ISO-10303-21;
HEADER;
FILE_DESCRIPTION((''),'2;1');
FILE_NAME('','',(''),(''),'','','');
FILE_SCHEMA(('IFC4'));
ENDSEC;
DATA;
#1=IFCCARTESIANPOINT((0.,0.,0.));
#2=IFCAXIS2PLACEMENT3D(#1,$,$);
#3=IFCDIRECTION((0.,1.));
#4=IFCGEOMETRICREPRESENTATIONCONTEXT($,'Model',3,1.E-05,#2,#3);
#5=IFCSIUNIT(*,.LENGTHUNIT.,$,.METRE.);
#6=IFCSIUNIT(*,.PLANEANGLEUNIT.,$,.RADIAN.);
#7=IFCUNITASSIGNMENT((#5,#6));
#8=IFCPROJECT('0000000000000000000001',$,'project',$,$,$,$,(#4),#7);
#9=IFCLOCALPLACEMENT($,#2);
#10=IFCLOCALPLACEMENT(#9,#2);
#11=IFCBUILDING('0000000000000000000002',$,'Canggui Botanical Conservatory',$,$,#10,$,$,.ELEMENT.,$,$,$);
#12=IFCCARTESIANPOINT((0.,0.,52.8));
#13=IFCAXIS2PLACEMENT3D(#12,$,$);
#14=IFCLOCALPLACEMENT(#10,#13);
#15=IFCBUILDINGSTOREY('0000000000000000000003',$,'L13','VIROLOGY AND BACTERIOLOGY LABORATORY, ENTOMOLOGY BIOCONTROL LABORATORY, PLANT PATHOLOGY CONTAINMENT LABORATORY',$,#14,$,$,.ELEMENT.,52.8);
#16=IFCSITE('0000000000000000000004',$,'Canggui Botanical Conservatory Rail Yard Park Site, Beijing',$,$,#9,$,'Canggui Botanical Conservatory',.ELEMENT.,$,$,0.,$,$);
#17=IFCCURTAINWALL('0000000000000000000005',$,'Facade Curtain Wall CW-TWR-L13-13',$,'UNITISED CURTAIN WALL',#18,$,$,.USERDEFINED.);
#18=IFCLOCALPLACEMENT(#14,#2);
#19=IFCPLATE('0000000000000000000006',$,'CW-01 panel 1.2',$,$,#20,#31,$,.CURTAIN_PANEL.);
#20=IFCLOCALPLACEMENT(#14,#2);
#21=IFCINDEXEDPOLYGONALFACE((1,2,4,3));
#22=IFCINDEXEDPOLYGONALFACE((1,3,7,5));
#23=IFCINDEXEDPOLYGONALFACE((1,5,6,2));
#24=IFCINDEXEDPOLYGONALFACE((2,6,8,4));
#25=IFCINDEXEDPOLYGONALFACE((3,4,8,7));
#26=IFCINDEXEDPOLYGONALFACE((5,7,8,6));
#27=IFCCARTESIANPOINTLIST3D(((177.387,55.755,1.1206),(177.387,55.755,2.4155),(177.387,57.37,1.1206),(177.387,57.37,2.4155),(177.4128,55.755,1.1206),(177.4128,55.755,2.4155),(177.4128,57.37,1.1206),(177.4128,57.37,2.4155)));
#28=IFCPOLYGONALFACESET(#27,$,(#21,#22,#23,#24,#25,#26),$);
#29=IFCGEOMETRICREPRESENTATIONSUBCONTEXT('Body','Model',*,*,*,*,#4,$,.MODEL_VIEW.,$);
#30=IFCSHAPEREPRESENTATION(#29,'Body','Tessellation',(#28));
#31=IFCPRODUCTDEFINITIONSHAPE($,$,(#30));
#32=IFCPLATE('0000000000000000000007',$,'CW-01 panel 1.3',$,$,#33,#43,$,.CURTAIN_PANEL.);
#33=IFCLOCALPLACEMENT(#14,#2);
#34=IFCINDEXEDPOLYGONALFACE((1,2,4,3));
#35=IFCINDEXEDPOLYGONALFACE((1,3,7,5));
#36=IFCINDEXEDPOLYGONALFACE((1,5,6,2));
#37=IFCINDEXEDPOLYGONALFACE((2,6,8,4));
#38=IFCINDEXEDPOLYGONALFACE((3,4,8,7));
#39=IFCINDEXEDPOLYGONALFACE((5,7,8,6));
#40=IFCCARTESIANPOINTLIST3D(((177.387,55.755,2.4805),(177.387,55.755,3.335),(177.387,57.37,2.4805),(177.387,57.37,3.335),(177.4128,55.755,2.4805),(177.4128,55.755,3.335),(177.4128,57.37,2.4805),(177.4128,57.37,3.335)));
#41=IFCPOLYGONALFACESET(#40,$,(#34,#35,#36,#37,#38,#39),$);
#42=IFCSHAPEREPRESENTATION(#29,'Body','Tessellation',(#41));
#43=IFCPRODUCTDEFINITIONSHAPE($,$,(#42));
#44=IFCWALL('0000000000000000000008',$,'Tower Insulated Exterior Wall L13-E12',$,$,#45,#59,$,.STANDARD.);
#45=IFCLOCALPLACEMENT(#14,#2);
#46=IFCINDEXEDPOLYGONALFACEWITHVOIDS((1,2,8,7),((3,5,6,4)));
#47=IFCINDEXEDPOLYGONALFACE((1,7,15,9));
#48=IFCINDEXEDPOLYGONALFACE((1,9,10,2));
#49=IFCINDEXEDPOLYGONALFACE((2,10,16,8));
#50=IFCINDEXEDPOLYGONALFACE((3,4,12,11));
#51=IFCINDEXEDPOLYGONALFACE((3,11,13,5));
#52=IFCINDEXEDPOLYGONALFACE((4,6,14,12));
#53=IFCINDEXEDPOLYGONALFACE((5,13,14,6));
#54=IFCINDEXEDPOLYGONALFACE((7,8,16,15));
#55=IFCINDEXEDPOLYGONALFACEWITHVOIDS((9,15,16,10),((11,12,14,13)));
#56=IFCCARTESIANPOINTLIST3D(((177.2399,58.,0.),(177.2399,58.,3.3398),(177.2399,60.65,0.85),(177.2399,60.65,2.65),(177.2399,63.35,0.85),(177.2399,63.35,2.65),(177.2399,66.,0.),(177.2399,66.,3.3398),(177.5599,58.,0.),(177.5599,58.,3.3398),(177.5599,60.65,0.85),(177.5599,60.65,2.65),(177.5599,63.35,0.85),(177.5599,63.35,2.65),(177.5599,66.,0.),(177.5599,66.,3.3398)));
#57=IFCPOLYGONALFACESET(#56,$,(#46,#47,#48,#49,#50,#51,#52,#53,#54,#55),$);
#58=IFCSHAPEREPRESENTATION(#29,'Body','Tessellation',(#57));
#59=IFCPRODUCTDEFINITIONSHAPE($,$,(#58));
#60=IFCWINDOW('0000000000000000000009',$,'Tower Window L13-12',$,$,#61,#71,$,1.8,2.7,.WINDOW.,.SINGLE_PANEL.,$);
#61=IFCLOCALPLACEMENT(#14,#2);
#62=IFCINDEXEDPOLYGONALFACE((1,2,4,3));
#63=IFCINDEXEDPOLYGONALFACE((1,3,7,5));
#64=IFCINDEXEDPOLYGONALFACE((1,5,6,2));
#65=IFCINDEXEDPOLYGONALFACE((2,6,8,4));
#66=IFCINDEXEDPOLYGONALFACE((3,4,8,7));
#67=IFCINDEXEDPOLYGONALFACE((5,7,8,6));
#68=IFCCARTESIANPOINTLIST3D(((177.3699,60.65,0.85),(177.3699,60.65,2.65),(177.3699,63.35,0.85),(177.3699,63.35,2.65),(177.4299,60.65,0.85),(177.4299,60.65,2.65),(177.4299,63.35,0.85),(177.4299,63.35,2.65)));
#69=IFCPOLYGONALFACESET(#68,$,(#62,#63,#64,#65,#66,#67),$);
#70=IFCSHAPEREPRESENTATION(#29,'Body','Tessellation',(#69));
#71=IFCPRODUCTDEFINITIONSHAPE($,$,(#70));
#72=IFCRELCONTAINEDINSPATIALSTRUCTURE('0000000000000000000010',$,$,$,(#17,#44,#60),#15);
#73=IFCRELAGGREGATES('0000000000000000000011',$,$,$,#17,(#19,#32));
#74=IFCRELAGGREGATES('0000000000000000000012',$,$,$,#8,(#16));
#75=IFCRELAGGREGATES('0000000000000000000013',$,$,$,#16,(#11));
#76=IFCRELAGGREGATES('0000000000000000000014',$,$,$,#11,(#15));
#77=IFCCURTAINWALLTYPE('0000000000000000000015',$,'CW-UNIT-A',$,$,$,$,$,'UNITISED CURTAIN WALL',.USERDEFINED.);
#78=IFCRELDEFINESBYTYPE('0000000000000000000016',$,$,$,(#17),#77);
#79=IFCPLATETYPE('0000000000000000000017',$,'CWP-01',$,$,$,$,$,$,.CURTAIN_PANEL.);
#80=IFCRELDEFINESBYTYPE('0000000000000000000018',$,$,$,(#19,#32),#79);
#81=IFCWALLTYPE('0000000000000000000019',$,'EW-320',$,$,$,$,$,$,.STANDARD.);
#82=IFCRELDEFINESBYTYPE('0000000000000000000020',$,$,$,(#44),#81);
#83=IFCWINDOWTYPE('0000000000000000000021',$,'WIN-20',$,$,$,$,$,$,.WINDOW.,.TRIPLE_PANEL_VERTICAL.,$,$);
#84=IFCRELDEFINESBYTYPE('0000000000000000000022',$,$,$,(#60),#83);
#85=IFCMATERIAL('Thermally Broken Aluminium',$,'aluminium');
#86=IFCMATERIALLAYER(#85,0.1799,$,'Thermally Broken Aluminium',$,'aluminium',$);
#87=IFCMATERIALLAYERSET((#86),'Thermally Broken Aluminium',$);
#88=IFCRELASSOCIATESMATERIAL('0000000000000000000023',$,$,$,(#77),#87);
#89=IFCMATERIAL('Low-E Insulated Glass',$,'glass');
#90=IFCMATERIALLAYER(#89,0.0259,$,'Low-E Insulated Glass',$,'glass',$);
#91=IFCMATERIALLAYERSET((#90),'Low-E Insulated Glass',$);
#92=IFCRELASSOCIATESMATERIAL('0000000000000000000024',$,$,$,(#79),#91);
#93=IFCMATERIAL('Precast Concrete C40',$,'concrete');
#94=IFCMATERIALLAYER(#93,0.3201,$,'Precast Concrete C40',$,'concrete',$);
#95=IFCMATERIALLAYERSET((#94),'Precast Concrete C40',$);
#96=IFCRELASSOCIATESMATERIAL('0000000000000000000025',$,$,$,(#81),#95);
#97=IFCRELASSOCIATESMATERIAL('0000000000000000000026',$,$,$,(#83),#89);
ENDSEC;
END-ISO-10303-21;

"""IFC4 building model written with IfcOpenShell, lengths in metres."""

from ifc_helpers import new_model, si_unit, direction, frame, frame_2d, origin, origin_2d, place, context, subcontext, project, spatial, rectangle, extrude, material, layer, layer_set, type_object, element, fill, aggregate, save


model = new_model("IFC4")

# Units and contexts
model_context = context("Model", 3, precision=1e-05, world=origin(), true_north=direction((0.0, 1.0)))
body_context = subcontext(model_context, "Body", "Model", "MODEL_VIEW")
ifc_project = project(units=[si_unit("LENGTHUNIT", "METRE"), si_unit("PLANEANGLEUNIT", "RADIAN")], contexts=[model_context])

# Site, building, storey
site_placement = place(None, origin())
site = spatial("IfcSite", under=ifc_project, at=site_placement, Name="Canggui Botanical Conservatory Rail Yard Park Site, Beijing", LongName="Canggui Botanical Conservatory", CompositionType="ELEMENT", RefElevation=0.0)
building_placement = place(site_placement, origin())
building = spatial("IfcBuilding", under=site, at=building_placement, Name="Canggui Botanical Conservatory", CompositionType="ELEMENT")
storey_placement = place(building_placement, frame((0.0, 0.0, 52.8)))
storey = spatial("IfcBuildingStorey", under=building, at=storey_placement, Name="L13", Description="VIROLOGY AND BACTERIOLOGY LABORATORY, ENTOMOLOGY BIOCONTROL LABORATORY, PLANT PATHOLOGY CONTAINMENT LABORATORY", CompositionType="ELEMENT", Elevation=52.8)

# Curtain wall
ifc_material_1 = material(Name="Thermally Broken Aluminium", Category="aluminium")
ifc_layer_1 = layer(ifc_material_1, 0.1799, Name="Thermally Broken Aluminium", Category="aluminium")
ifc_layer_set_1 = layer_set([ifc_layer_1], Name="Thermally Broken Aluminium")
curtain_wall_type = type_object("IfcCurtainWallType", Name="CW-UNIT-A", ElementType="UNITISED CURTAIN WALL", PredefinedType="USERDEFINED", material=ifc_layer_set_1)
curtain_wall_1_placement = place(storey_placement, origin())
curtain_wall_1 = element("IfcCurtainWall", 1, at=curtain_wall_1_placement, inside=storey, type_object=curtain_wall_type, Name="Facade Curtain Wall CW-TWR-L13-13", ObjectType="UNITISED CURTAIN WALL", PredefinedType="USERDEFINED")

# Plates
ifc_material_2 = material(Name="Low-E Insulated Glass", Category="glass")
ifc_layer_2 = layer(ifc_material_2, 0.0259, Name="Low-E Insulated Glass", Category="glass")
ifc_layer_set_2 = layer_set([ifc_layer_2], Name="Low-E Insulated Glass")
plate_type = type_object("IfcPlateType", Name="CWP-01", PredefinedType="CURTAIN_PANEL", material=ifc_layer_set_2)
plate_1_placement = place(storey_placement, frame((177.3999, 56.5625, 1.1206), z_axis=(0.0, 0.0, 1.0), x_axis=(0.0, -1.0, 0.0)))
plate_1 = element("IfcPlate", 2, at=plate_1_placement, type_object=plate_type, Name="CW-01 panel 1.2", PredefinedType="CURTAIN_PANEL", context=body_context, shape_type="SweptSolid", body=[
    extrude(rectangle(XDim=1.615, YDim=0.0259, at=origin_2d()), origin(), (0.0, 0.0, 1.0), 1.2949),
])
plate_2_placement = place(storey_placement, frame((177.3999, 56.5625, 2.4805), z_axis=(0.0, 0.0, 1.0), x_axis=(0.0, -1.0, 0.0)))
plate_2 = element("IfcPlate", 3, at=plate_2_placement, type_object=plate_type, Name="CW-01 panel 1.3", PredefinedType="CURTAIN_PANEL", context=body_context, shape_type="SweptSolid", body=[
    extrude(rectangle(XDim=1.615, YDim=0.0259, at=origin_2d()), origin(), (0.0, 0.0, 1.0), 0.8545),
])
aggregate(curtain_wall_1, [plate_1, plate_2])

# Wall, opening, window
ifc_material_3 = material(Name="Precast Concrete C40", Category="concrete")
ifc_layer_3 = layer(ifc_material_3, 0.3201, Name="Precast Concrete C40", Category="concrete")
ifc_layer_set_3 = layer_set([ifc_layer_3], Name="Precast Concrete C40")
wall_type = type_object("IfcWallType", Name="EW-320", PredefinedType="STANDARD", material=ifc_layer_set_3)
wall_placement = place(storey_placement, frame((177.3999, 66.0, 0.0), z_axis=(0.0, 0.0, 1.0), x_axis=(0.0, -1.0, 0.0)))
wall = element("IfcWall", 4, at=wall_placement, inside=storey, type_object=wall_type, Name="Tower Insulated Exterior Wall L13-E12", PredefinedType="STANDARD", context=body_context, shape_type="SweptSolid", body=[
    extrude(rectangle(XDim=8.0, YDim=0.3201, at=frame_2d((4.0, 0.0))), origin(), (0.0, 0.0, 1.0), 3.3398),
])
opening_placement = place(wall_placement, frame((2.6499, 0.0, 0.8501)))
opening = element("IfcOpeningElement", 5, at=opening_placement, cuts=wall, PredefinedType="OPENING", context=body_context, shape_type="SweptSolid", body=[
    extrude(rectangle(XDim=2.7, YDim=1.8, at=frame_2d((1.3501, 0.8999))), frame((0.0, 0.1699, 0.0), z_axis=(0.0, -1.0, 0.0), x_axis=(1.0, 0.0, 0.0)), (0.0, 0.0, 1.0), 0.3401),
])
window_type = type_object("IfcWindowType", Name="WIN-20", PartitioningType="TRIPLE_PANEL_VERTICAL", PredefinedType="WINDOW", material=ifc_material_2)
window_placement = place(opening_placement, origin())
window = element("IfcWindow", 6, at=window_placement, inside=storey, type_object=window_type, Name="Tower Window L13-12", OverallHeight=1.8, OverallWidth=2.7, PartitioningType="SINGLE_PANEL", PredefinedType="WINDOW", context=body_context, shape_type="SweptSolid", body=[
    extrude(rectangle(XDim=2.7, YDim=1.8, at=frame_2d((1.3501, 0.8999))), frame((0.0, 0.03, 0.0), z_axis=(0.0, -1.0, 0.0), x_axis=(1.0, 0.0, 0.0)), (0.0, 0.0, 1.0), 0.0601),
])
fill(opening, window)

save(model, "model.ifc")
